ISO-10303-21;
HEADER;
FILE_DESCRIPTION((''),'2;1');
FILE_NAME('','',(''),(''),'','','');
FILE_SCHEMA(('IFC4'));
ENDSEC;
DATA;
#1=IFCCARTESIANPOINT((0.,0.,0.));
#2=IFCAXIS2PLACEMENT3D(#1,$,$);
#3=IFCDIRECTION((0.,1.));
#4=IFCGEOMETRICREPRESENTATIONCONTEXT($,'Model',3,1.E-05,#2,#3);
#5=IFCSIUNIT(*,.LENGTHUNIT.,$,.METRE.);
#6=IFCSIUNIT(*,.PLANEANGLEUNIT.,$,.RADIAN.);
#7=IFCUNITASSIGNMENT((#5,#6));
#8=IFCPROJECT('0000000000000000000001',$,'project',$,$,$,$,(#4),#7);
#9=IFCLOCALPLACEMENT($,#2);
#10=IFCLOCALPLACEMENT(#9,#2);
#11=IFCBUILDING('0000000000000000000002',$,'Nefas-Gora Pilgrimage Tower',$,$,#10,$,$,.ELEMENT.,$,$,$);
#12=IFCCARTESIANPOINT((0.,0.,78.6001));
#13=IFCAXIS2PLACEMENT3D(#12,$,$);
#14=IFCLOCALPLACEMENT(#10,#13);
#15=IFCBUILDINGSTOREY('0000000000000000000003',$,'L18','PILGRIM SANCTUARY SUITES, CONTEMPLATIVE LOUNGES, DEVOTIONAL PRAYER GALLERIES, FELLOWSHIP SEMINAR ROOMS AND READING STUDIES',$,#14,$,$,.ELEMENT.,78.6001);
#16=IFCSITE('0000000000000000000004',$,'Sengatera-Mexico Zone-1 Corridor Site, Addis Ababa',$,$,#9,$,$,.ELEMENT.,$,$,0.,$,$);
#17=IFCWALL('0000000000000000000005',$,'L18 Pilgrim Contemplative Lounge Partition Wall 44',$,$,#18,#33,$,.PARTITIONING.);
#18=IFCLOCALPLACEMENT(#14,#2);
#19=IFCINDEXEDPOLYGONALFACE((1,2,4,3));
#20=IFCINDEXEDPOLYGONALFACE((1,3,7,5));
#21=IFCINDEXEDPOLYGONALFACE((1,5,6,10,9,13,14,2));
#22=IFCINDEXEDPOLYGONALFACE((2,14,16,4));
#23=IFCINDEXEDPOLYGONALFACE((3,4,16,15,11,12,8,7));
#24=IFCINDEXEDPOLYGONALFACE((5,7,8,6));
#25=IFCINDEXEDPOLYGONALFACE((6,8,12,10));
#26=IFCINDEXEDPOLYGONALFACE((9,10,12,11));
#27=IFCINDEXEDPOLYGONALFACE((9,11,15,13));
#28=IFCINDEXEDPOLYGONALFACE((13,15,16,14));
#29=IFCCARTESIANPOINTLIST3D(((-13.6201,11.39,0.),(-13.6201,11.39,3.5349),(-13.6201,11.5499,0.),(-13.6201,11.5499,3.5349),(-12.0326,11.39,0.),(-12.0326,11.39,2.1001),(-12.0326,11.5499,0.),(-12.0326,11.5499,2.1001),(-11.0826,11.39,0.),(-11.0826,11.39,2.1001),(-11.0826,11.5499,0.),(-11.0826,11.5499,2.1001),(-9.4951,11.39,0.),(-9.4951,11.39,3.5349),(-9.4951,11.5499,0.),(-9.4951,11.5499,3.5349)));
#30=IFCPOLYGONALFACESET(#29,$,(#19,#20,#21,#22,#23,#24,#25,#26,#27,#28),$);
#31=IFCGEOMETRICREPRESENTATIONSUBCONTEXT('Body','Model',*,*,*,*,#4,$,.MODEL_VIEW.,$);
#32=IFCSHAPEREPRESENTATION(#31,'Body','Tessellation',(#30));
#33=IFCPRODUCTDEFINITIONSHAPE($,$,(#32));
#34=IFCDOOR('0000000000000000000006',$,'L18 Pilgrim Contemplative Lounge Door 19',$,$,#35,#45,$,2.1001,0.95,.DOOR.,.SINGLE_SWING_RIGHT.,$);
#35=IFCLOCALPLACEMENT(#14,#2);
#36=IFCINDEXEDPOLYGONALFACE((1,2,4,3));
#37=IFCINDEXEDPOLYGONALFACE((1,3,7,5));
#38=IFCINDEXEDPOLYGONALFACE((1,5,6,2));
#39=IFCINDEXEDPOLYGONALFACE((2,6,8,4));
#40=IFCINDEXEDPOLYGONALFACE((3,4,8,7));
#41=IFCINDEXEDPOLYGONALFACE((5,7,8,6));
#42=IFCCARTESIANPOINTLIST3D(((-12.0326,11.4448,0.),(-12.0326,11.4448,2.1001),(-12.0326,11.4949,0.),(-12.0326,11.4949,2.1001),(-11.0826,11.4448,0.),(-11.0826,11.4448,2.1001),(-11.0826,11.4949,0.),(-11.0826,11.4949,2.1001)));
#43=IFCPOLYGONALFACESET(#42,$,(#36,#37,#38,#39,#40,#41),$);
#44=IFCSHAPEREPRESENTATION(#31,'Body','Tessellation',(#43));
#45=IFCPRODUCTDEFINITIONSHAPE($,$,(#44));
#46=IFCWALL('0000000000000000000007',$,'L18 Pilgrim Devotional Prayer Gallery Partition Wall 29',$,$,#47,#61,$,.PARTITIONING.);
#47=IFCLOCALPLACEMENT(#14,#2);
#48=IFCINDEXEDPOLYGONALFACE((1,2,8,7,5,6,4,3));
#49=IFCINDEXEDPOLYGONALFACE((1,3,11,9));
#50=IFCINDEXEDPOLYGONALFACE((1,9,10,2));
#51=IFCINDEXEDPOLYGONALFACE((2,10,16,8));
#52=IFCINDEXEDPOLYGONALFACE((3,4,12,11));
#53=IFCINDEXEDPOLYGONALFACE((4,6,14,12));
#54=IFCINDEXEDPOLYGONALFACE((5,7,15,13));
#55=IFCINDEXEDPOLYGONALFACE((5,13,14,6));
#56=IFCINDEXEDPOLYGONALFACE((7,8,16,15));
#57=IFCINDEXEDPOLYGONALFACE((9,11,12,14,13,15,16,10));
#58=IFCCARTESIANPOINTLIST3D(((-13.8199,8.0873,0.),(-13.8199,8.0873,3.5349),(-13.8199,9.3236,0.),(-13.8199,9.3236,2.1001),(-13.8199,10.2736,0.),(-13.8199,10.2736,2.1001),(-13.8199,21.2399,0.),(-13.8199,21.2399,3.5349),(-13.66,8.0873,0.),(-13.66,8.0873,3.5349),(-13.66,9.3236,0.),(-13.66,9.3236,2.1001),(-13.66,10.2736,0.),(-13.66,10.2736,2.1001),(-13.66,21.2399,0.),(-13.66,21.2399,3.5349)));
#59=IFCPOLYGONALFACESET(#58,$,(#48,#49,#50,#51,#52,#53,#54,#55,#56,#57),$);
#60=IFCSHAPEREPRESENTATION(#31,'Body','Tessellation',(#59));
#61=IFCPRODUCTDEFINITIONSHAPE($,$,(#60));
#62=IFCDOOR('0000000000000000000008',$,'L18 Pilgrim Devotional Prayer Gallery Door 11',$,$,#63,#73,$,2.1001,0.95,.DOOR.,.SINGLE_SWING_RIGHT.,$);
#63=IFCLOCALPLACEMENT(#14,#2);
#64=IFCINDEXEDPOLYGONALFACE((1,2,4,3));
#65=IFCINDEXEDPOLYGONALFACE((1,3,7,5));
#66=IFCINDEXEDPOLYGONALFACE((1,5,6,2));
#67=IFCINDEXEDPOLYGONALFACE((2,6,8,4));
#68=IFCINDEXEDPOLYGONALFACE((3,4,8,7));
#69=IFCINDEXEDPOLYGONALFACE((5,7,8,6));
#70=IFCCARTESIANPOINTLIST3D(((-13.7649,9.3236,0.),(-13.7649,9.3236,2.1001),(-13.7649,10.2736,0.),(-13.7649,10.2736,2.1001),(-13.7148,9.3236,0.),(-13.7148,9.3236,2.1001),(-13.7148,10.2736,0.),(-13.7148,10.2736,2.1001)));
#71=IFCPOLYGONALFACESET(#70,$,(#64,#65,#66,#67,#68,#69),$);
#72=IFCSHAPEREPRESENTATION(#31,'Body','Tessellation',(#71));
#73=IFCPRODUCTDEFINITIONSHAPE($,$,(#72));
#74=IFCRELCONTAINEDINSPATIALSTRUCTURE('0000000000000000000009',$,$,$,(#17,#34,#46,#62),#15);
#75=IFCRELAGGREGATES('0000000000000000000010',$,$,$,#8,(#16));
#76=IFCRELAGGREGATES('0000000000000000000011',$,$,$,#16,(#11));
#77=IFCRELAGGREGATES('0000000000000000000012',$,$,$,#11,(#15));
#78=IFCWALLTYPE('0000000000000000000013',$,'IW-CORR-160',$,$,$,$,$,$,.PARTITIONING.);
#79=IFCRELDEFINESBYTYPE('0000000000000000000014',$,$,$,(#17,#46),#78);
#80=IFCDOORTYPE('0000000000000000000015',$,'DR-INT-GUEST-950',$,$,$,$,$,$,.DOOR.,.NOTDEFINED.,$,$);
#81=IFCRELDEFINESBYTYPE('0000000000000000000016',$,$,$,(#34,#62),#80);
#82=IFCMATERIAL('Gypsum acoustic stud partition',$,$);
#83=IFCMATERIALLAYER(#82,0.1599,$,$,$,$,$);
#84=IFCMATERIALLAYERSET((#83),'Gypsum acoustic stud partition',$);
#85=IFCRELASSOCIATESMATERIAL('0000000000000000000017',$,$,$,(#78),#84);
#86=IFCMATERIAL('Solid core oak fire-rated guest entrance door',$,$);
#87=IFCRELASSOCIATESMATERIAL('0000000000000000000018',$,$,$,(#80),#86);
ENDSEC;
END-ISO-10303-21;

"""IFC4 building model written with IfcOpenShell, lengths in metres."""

from ifc_helpers import new_model, si_unit, direction, frame, frame_2d, origin, place, context, subcontext, project, spatial, rectangle, extrude, source, transform, mapped, material, layer, layer_set, type_object, element, fill, save


model = new_model("IFC4")

# Units and contexts
model_context = context("Model", 3, precision=1e-05, world=origin(), true_north=direction((0.0, 1.0)))
body_context = subcontext(model_context, "Body", "Model", "MODEL_VIEW")
ifc_project = project(units=[si_unit("LENGTHUNIT", "METRE"), si_unit("PLANEANGLEUNIT", "RADIAN")], contexts=[model_context])

# Site, building, storey
site_placement = place(None, origin())
site = spatial("IfcSite", under=ifc_project, at=site_placement, Name="Sengatera-Mexico Zone-1 Corridor Site, Addis Ababa", CompositionType="ELEMENT", RefElevation=0.0)
building_placement = place(site_placement, origin())
building = spatial("IfcBuilding", under=site, at=building_placement, Name="Nefas-Gora Pilgrimage Tower", CompositionType="ELEMENT")
storey_placement = place(building_placement, frame((0.0, 0.0, 78.6001)))
storey = spatial("IfcBuildingStorey", under=building, at=storey_placement, Name="L18", Description="PILGRIM SANCTUARY SUITES, CONTEMPLATIVE LOUNGES, DEVOTIONAL PRAYER GALLERIES, FELLOWSHIP SEMINAR ROOMS AND READING STUDIES", CompositionType="ELEMENT", Elevation=78.6001)

# Walls, openings, doors
ifc_material_1 = material(Name="Gypsum acoustic stud partition")
ifc_layer_1 = layer(ifc_material_1, 0.1599)
ifc_layer_set_1 = layer_set([ifc_layer_1], Name="Gypsum acoustic stud partition")
wall_type_1 = type_object("IfcWallType", Name="IW-CORR-160", PredefinedType="PARTITIONING", material=ifc_layer_set_1)
shared_shape_1 = source(origin(), body_context, "Body", "SweptSolid", [
    extrude(rectangle(XDim=4.125, YDim=0.1599, at=frame_2d((2.0625, 0.0))), origin(), (0.0, 0.0, 1.0), 3.5349),
])
wall_1_placement = place(storey_placement, frame((-13.6201, 11.47, 0.0), z_axis=(0.0, 0.0, 1.0), x_axis=(1.0, 0.0, 0.0)))
wall_1 = element("IfcWall", 1, at=wall_1_placement, inside=storey, type_object=wall_type_1, Name="L18 Pilgrim Contemplative Lounge Partition Wall 44", PredefinedType="PARTITIONING", context=body_context, shape_type="MappedRepresentation", body=[
    mapped(shared_shape_1, transform((0.0, 0.0, 0.0), x_axis=(1.0, 0.0, 0.0), y_axis=(0.0, 1.0, 0.0), z_axis=(0.0, 0.0, 1.0), scale=1.0)),
])
opening_1_placement = place(wall_1_placement, frame((1.5874, 0.0, 0.0)))
opening_1 = element("IfcOpeningElement", 2, at=opening_1_placement, cuts=wall_1, PredefinedType="OPENING", context=body_context, shape_type="SweptSolid", body=[
    extrude(rectangle(XDim=0.95, YDim=2.1001, at=frame_2d((0.4751, 1.05))), frame((0.0, 0.0898, 0.0), z_axis=(0.0, -1.0, 0.0), x_axis=(1.0, 0.0, 0.0)), (0.0, 0.0, 1.0), 0.1799),
])
ifc_material_2 = material(Name="Solid core oak fire-rated guest entrance door")
door_type = type_object("IfcDoorType", Name="DR-INT-GUEST-950", OperationType="NOTDEFINED", PredefinedType="DOOR", material=ifc_material_2)
shared_shape_2 = source(origin(), body_context, "Body", "SweptSolid", [
    extrude(rectangle(XDim=0.95, YDim=2.1001, at=frame_2d((0.4751, 1.05))), frame((0.0, 0.0249, 0.0), z_axis=(0.0, -1.0, 0.0), x_axis=(1.0, 0.0, 0.0)), (0.0, 0.0, 1.0), 0.05),
])
door_1_placement = place(opening_1_placement, origin())
door_1 = element("IfcDoor", 3, at=door_1_placement, inside=storey, type_object=door_type, Name="L18 Pilgrim Contemplative Lounge Door 19", OperationType="SINGLE_SWING_RIGHT", OverallHeight=2.1001, OverallWidth=0.95, PredefinedType="DOOR", context=body_context, shape_type="MappedRepresentation", body=[
    mapped(shared_shape_2, transform((0.0, 0.0, 0.0), x_axis=(1.0, 0.0, 0.0), y_axis=(0.0, 1.0, 0.0), z_axis=(0.0, 0.0, 1.0), scale=1.0)),
])
fill(opening_1, door_1)
shared_shape_3 = source(origin(), body_context, "Body", "SweptSolid", [
    extrude(rectangle(XDim=13.1526, YDim=0.1599, at=frame_2d((6.5762, 0.0))), origin(), (0.0, 0.0, 1.0), 3.5349),
])
wall_2_placement = place(storey_placement, frame((-13.74, 8.0874, 0.0), z_axis=(0.0, 0.0, 1.0), x_axis=(0.0, 1.0, 0.0)))
wall_2 = element("IfcWall", 4, at=wall_2_placement, inside=storey, type_object=wall_type_1, Name="L18 Pilgrim Devotional Prayer Gallery Partition Wall 29", PredefinedType="PARTITIONING", context=body_context, shape_type="MappedRepresentation", body=[
    mapped(shared_shape_3, transform((0.0, 0.0, 0.0), x_axis=(1.0, 0.0, 0.0), y_axis=(0.0, 1.0, 0.0), z_axis=(0.0, 0.0, 1.0), scale=1.0)),
])
opening_2_placement = place(wall_2_placement, frame((1.2361, 0.0, 0.0)))
opening_2 = element("IfcOpeningElement", 5, at=opening_2_placement, cuts=wall_2, PredefinedType="OPENING", context=body_context, shape_type="SweptSolid", body=[
    extrude(rectangle(XDim=0.95, YDim=2.1001, at=frame_2d((0.4751, 1.05))), frame((0.0, 0.0898, 0.0), z_axis=(0.0, -1.0, 0.0), x_axis=(1.0, 0.0, 0.0)), (0.0, 0.0, 1.0), 0.1799),
])
door_2_placement = place(opening_2_placement, origin())
door_2 = element("IfcDoor", 6, at=door_2_placement, inside=storey, type_object=door_type, Name="L18 Pilgrim Devotional Prayer Gallery Door 11", OperationType="SINGLE_SWING_RIGHT", OverallHeight=2.1001, OverallWidth=0.95, PredefinedType="DOOR", context=body_context, shape_type="MappedRepresentation", body=[
    mapped(shared_shape_2, transform((0.0, 0.0, 0.0), x_axis=(1.0, 0.0, 0.0), y_axis=(0.0, 1.0, 0.0), z_axis=(0.0, 0.0, 1.0), scale=1.0)),
])
fill(opening_2, door_2)

save(model, "model.ifc")
